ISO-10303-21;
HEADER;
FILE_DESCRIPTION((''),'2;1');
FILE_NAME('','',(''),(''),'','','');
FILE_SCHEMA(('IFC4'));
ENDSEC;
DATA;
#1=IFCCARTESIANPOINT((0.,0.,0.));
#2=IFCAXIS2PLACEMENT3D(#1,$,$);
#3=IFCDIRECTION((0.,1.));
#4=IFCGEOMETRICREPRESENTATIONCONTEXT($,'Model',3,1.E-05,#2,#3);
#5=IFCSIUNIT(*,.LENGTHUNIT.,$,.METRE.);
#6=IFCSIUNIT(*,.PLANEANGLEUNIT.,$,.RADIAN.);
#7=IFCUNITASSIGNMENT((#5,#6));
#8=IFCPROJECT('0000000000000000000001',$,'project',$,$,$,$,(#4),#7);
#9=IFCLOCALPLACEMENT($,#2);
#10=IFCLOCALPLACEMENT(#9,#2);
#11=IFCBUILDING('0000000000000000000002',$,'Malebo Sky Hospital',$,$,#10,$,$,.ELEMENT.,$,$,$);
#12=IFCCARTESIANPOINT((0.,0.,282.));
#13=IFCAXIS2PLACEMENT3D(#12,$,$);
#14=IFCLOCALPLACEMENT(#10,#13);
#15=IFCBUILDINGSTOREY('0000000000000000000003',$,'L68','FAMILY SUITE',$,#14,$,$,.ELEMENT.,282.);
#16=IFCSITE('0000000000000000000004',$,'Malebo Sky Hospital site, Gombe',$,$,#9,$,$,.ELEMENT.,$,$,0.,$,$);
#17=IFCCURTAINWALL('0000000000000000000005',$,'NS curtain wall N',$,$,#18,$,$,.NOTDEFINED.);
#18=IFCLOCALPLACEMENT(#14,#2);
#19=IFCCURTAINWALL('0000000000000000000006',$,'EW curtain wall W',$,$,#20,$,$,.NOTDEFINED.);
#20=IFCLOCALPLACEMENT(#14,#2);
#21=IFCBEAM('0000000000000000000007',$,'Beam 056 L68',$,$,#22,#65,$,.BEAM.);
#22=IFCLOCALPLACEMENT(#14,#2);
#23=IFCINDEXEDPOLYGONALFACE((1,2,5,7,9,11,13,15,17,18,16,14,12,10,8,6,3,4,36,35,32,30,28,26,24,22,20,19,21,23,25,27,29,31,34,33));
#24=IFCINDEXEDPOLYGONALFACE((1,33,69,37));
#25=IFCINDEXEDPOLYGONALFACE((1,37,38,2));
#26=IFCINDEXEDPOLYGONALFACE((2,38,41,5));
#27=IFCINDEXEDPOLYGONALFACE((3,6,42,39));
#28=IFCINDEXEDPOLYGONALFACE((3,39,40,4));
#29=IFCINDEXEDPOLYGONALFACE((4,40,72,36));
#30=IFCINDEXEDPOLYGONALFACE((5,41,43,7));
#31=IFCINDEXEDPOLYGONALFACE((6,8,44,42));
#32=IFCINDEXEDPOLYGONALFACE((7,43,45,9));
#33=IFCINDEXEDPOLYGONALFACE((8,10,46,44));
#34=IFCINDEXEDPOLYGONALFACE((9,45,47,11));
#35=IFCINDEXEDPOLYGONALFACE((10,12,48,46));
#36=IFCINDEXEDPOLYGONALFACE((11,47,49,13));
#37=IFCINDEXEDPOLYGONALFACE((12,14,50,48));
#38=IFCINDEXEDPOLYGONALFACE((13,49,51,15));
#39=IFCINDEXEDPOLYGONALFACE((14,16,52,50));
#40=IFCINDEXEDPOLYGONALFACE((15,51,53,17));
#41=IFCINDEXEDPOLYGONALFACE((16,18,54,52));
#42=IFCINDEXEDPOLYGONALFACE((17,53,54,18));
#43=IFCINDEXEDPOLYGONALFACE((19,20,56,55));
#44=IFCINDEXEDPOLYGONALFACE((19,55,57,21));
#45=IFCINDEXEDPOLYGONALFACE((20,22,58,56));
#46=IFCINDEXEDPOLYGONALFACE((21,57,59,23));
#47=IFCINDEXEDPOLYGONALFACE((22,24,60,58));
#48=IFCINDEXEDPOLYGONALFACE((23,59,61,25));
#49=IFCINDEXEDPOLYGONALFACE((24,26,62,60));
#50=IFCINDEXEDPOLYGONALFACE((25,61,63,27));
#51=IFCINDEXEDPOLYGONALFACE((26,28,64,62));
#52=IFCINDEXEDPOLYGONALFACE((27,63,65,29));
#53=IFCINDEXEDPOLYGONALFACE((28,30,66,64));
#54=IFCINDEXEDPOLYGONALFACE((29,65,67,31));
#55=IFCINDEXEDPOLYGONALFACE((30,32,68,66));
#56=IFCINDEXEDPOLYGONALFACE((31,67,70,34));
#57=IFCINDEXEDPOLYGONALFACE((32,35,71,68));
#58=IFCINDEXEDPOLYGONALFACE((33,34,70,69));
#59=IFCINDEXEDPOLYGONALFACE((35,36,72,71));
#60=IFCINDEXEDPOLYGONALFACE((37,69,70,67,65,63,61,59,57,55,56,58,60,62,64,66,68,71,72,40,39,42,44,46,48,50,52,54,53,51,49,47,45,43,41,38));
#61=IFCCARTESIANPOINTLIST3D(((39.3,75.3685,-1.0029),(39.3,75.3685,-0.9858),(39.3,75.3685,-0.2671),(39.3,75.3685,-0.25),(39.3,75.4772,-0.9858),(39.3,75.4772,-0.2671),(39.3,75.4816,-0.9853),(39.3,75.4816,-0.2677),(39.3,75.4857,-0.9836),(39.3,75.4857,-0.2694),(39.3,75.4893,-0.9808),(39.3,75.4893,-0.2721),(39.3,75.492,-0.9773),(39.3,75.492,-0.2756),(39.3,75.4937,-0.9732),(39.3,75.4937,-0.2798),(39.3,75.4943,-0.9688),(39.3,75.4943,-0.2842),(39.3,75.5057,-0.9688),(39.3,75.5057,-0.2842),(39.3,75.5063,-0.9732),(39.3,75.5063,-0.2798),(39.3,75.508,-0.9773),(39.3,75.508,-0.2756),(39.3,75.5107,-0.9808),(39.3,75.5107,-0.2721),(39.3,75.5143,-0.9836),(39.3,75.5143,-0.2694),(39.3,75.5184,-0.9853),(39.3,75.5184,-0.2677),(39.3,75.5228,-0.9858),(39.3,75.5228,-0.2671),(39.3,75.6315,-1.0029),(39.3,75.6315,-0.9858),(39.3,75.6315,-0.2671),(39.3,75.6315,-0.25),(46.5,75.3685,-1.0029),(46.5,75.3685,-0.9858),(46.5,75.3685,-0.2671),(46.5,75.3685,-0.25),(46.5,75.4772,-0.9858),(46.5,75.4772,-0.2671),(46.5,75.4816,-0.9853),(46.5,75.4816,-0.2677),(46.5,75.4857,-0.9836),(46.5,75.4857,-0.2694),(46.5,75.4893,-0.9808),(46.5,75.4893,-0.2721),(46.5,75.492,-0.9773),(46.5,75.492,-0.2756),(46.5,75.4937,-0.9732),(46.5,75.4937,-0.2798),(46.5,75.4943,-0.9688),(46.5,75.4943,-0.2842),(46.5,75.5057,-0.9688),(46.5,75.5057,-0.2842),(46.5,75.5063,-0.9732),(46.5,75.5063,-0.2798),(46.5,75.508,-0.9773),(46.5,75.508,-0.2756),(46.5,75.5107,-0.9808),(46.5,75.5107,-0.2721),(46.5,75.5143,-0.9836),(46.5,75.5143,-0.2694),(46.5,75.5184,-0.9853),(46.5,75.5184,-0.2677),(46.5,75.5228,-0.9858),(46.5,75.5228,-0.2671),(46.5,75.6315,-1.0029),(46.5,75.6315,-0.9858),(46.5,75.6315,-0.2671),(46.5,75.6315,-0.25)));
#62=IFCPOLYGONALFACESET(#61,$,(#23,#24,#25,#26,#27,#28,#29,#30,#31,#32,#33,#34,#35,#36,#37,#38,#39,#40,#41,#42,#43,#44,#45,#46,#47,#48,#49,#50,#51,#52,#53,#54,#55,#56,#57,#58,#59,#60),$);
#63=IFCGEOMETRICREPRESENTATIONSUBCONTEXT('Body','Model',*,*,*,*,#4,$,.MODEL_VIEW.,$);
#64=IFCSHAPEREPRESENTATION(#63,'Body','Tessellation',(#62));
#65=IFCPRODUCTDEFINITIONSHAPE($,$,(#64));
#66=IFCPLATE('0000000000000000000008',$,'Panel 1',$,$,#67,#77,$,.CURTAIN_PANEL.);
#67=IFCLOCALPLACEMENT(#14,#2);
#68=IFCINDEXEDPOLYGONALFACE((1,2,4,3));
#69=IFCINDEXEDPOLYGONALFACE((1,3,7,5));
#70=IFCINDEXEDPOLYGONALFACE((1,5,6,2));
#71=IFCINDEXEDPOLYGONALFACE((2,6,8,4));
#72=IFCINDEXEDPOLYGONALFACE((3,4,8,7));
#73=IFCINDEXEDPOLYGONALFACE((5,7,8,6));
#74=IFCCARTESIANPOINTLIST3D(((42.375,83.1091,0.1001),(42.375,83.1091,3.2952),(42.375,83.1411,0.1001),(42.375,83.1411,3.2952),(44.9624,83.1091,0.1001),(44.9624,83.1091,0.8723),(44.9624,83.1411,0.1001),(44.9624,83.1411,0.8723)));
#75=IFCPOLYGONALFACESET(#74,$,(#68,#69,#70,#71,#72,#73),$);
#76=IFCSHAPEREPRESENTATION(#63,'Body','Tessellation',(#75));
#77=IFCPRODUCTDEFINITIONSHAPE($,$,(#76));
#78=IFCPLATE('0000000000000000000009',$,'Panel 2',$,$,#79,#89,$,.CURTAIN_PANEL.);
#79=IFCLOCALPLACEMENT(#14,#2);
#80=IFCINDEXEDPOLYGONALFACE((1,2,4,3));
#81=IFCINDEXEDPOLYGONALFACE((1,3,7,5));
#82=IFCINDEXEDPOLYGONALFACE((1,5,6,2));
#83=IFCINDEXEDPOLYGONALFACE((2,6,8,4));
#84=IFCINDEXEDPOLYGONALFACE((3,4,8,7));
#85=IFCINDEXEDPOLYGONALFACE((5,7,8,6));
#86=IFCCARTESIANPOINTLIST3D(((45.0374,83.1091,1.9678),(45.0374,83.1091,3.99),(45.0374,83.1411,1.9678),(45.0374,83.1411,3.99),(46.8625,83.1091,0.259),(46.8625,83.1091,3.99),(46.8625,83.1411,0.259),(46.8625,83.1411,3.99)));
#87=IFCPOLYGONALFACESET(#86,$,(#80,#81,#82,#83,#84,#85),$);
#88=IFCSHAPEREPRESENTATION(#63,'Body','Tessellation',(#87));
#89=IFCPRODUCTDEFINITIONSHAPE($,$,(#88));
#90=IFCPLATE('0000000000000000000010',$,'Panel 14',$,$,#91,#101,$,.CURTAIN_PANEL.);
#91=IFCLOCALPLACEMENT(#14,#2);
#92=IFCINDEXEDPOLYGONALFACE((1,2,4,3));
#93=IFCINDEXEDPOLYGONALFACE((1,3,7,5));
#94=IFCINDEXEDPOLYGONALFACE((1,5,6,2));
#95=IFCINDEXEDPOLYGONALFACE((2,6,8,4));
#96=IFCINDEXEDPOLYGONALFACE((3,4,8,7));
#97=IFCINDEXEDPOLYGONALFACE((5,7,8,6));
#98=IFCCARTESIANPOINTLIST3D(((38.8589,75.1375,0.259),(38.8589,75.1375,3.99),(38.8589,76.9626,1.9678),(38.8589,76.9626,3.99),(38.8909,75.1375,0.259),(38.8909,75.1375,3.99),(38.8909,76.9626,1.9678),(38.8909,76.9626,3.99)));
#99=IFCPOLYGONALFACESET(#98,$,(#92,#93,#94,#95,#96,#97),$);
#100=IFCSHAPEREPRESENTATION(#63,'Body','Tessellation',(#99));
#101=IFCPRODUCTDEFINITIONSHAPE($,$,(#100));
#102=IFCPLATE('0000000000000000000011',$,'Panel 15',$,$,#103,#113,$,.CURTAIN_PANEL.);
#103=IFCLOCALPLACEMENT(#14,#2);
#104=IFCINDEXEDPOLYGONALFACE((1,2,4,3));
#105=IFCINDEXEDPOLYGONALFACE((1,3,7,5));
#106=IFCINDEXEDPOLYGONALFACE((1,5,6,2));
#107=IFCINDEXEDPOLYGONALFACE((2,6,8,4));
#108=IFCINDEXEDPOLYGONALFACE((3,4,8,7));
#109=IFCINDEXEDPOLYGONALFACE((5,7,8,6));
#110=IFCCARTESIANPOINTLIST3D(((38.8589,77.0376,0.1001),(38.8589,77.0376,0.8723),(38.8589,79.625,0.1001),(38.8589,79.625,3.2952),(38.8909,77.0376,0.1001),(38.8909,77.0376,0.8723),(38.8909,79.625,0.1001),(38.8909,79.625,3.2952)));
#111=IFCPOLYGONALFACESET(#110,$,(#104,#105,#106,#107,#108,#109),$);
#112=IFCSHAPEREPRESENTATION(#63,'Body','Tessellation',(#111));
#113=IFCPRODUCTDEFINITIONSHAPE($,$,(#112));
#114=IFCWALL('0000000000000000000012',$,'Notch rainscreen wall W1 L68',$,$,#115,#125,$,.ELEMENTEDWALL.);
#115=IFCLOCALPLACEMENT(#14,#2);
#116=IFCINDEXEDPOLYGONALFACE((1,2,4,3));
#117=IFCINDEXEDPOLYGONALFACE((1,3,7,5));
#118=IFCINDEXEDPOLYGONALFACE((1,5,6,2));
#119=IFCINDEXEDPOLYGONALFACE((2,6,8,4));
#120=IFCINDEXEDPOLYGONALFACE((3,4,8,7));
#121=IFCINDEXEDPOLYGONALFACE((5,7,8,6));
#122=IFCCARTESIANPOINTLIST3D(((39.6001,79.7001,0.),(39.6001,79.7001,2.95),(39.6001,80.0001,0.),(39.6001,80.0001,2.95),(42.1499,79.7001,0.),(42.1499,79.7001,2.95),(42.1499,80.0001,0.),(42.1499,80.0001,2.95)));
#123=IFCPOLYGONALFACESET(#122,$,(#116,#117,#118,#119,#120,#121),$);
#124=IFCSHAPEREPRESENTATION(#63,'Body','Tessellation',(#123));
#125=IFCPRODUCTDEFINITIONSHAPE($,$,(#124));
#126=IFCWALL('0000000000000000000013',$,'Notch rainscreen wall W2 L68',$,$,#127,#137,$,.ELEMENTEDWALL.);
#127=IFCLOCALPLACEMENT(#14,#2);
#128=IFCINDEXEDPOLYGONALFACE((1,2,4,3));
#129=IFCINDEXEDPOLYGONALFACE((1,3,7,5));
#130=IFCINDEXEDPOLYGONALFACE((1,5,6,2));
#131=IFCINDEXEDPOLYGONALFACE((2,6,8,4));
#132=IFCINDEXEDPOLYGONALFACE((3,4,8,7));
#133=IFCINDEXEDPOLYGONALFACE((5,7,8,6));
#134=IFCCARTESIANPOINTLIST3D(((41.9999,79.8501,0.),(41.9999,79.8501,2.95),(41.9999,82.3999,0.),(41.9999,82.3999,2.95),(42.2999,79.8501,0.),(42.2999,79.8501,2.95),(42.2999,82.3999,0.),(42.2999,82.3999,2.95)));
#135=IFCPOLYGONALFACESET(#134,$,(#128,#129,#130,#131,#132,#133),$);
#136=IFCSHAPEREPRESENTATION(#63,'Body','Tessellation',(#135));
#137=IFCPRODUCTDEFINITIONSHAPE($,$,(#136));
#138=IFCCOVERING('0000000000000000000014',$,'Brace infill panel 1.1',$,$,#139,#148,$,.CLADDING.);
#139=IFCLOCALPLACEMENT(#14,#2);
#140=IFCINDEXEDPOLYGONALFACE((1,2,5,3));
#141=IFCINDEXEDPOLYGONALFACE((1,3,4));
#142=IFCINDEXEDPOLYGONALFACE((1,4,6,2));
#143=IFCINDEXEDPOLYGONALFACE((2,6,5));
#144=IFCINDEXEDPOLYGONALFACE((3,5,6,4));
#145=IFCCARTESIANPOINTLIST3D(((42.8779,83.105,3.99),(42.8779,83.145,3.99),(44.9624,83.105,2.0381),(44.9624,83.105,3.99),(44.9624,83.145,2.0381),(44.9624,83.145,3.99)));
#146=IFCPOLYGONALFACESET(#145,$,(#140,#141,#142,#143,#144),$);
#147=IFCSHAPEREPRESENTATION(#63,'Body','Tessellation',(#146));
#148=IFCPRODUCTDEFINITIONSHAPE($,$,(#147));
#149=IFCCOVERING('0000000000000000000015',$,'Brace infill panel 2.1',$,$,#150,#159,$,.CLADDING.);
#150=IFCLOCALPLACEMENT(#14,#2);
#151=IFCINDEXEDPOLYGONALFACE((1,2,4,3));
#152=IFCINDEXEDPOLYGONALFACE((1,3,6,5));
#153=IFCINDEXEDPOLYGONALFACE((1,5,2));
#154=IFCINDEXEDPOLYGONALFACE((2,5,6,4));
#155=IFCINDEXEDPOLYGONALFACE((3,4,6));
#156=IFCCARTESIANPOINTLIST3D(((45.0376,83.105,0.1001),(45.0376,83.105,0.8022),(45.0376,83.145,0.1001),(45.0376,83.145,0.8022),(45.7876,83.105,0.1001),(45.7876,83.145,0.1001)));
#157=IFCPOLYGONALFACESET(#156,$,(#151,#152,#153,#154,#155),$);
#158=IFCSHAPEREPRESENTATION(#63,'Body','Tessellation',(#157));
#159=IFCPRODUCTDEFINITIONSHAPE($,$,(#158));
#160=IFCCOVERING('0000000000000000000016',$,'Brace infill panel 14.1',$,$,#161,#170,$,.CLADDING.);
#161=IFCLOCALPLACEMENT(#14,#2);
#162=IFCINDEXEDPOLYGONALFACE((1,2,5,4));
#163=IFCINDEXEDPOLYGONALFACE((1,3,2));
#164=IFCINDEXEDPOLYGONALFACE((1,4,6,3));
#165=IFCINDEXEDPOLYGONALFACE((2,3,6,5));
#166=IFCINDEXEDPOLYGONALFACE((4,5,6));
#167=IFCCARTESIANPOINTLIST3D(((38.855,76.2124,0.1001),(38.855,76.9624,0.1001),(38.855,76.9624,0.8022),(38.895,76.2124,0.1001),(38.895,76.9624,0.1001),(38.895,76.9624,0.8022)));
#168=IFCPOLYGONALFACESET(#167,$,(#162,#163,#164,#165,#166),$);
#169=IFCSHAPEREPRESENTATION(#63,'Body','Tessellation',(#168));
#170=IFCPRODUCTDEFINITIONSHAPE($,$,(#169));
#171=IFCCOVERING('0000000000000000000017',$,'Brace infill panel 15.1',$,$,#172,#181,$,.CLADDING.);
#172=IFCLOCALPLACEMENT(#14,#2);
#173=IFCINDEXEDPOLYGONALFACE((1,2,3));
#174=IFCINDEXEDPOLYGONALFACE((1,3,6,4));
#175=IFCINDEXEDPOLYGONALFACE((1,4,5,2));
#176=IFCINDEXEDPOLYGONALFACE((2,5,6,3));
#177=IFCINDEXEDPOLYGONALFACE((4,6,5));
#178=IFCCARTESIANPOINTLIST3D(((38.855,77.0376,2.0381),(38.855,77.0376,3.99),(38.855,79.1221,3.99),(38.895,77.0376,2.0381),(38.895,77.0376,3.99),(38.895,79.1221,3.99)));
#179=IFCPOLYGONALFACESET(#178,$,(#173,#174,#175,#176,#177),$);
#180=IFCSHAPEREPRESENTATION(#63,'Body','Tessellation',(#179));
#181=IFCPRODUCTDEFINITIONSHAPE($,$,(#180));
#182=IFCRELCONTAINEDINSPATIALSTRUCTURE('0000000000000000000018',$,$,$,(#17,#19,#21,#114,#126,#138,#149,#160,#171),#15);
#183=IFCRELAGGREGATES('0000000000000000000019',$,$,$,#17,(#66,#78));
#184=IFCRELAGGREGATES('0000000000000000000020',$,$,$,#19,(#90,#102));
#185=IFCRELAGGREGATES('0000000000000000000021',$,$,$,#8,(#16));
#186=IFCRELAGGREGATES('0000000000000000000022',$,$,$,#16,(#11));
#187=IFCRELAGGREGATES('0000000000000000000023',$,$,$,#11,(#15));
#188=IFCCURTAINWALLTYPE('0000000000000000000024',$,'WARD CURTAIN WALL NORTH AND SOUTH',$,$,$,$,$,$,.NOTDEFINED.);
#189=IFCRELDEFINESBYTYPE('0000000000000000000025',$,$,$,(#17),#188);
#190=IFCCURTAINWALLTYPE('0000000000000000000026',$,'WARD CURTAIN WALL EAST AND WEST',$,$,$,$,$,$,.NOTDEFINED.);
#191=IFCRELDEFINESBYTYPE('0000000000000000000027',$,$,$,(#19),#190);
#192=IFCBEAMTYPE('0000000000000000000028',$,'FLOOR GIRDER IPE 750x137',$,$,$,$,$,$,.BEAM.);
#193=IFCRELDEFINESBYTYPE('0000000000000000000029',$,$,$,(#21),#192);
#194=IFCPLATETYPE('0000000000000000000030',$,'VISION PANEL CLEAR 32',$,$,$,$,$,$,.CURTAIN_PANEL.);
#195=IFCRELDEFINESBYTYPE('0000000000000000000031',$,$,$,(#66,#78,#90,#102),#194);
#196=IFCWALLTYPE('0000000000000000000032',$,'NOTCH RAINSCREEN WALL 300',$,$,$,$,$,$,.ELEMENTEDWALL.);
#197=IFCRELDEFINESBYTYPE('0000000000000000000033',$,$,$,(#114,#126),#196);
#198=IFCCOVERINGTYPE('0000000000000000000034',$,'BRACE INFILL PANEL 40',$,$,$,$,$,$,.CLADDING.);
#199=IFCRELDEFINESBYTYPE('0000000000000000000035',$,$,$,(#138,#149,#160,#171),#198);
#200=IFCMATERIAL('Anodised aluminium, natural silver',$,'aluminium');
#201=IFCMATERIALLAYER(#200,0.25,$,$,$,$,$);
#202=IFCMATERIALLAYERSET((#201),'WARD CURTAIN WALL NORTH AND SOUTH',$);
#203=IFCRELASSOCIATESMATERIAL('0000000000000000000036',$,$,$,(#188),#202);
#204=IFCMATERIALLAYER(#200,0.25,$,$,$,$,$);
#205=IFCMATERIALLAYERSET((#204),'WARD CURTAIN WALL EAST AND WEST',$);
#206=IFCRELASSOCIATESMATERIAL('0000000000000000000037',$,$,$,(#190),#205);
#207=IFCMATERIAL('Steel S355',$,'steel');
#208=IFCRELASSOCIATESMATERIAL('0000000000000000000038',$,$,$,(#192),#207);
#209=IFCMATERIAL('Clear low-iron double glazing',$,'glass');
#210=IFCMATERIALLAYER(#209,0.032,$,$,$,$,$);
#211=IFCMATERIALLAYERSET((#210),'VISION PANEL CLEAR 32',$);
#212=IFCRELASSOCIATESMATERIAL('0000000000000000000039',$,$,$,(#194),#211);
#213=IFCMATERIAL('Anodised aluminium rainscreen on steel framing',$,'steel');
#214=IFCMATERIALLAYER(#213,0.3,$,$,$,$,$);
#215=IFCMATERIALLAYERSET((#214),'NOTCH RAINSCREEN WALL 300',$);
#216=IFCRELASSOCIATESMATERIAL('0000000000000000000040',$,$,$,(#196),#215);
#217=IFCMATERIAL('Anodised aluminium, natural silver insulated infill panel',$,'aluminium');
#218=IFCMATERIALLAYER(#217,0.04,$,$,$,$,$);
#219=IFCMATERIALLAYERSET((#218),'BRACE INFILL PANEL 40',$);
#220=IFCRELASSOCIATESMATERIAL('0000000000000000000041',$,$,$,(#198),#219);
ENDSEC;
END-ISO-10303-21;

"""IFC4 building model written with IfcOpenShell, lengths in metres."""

from ifc_helpers import new_model, si_unit, direction, frame, frame_2d, origin, origin_2d, place, context, subcontext, project, spatial, polyline, rectangle, i_section, outline, extrude, material, layer, layer_set, material_profile, profile_set, type_object, element, aggregate, save


model = new_model("IFC4")

# Units and contexts
model_context = context("Model", 3, precision=1e-05, world=origin(), true_north=direction((0.0, 1.0)))
body_context = subcontext(model_context, "Body", "Model", "MODEL_VIEW")
ifc_project = project(units=[si_unit("LENGTHUNIT", "METRE"), si_unit("PLANEANGLEUNIT", "RADIAN")], contexts=[model_context])

# Site, building, storey
site_placement = place(None, origin())
site = spatial("IfcSite", under=ifc_project, at=site_placement, Name="Malebo Sky Hospital site, Gombe", CompositionType="ELEMENT", RefElevation=0.0)
building_placement = place(site_placement, origin())
building = spatial("IfcBuilding", under=site, at=building_placement, Name="Malebo Sky Hospital", CompositionType="ELEMENT")
storey_placement = place(building_placement, frame((0.0, 0.0, 282.0)))
storey = spatial("IfcBuildingStorey", under=building, at=storey_placement, Name="L68", Description="FAMILY SUITE", CompositionType="ELEMENT", Elevation=282.0)

# Curtain wall
ifc_material_1 = material(Name="Anodised aluminium, natural silver", Category="aluminium")
ifc_layer_1 = layer(ifc_material_1, 0.25)
ifc_layer_set_1 = layer_set([ifc_layer_1], Name="WARD CURTAIN WALL NORTH AND SOUTH")
curtain_wall_type_1 = type_object("IfcCurtainWallType", Name="WARD CURTAIN WALL NORTH AND SOUTH", PredefinedType="NOTDEFINED", material=ifc_layer_set_1)
curtain_wall_1_placement = place(storey_placement, origin())
curtain_wall_1 = element("IfcCurtainWall", 1, at=curtain_wall_1_placement, inside=storey, type_object=curtain_wall_type_1, Name="NS curtain wall N", PredefinedType="NOTDEFINED")

# Curtain wall
ifc_layer_2 = layer(ifc_material_1, 0.25)
ifc_layer_set_2 = layer_set([ifc_layer_2], Name="WARD CURTAIN WALL EAST AND WEST")
curtain_wall_type_2 = type_object("IfcCurtainWallType", Name="WARD CURTAIN WALL EAST AND WEST", PredefinedType="NOTDEFINED", material=ifc_layer_set_2)
curtain_wall_2_placement = place(storey_placement, origin())
curtain_wall_2 = element("IfcCurtainWall", 2, at=curtain_wall_2_placement, inside=storey, type_object=curtain_wall_type_2, Name="EW curtain wall W", PredefinedType="NOTDEFINED")

# Beam
ifc_material_2 = material(Name="Steel S355", Category="steel")
ifc_material_profile_1 = material_profile(ifc_material_2, i_section(OverallWidth=0.2629, OverallDepth=0.7529, WebThickness=0.0115, FlangeThickness=0.0171, FilletRadius=0.0171, at=origin_2d()), Name="IPE 750x137")
ifc_profile_set_1 = profile_set([ifc_material_profile_1], Name="Steel S355")
beam_type_1 = type_object("IfcBeamType", Name="FLOOR GIRDER IPE 750x137", PredefinedType="BEAM", material=ifc_profile_set_1)
for number, where, z_axis, x_axis, name in (
    (3, (39.3, 75.5, -0.6265), (1.0, 0.0, 0.0), (0.0, 1.0, 0.0), "Beam 056 L68"),
):
    element("IfcBeam", number, at=place(storey_placement, frame(where, z_axis=z_axis, x_axis=x_axis)), inside=storey, type_object=beam_type_1, Name=name, PredefinedType="BEAM", context=body_context, shape_type="SweptSolid", body=[
        extrude(i_section(OverallWidth=0.2629, OverallDepth=0.7529, WebThickness=0.0115, FlangeThickness=0.0171, FilletRadius=0.0171, at=origin_2d()), origin(), (0.0, 0.0, 1.0), 7.2),
    ])

# Plates
ifc_material_3 = material(Name="Clear low-iron double glazing", Category="glass")
ifc_layer_3 = layer(ifc_material_3, 0.032)
ifc_layer_set_3 = layer_set([ifc_layer_3], Name="VISION PANEL CLEAR 32")
plate_type = type_object("IfcPlateType", Name="VISION PANEL CLEAR 32", PredefinedType="CURTAIN_PANEL", material=ifc_layer_set_3)
plate_1_placement = place(storey_placement, frame((43.6687, 83.125, 0.1001), z_axis=(0.0, 0.0, 1.0), x_axis=(1.0, 0.0, 0.0)))
plate_1 = element("IfcPlate", 4, at=plate_1_placement, type_object=plate_type, Name="Panel 1", PredefinedType="CURTAIN_PANEL", context=body_context, shape_type="SweptSolid", body=[
    extrude(outline(polyline([(-1.2937, 0.0), (1.2937, 0.0), (1.2937, 0.7722), (-1.2937, 3.1951), (-1.2937, 0.0)])), frame((0.0, 0.0161, 0.0), z_axis=(0.0, -1.0, 0.0), x_axis=(1.0, 0.0, 0.0)), (0.0, 0.0, 1.0), 0.032),
])
plate_2_placement = place(storey_placement, frame((45.95, 83.125, 0.259), z_axis=(0.0, 0.0, 1.0), x_axis=(1.0, 0.0, 0.0)))
plate_2 = element("IfcPlate", 5, at=plate_2_placement, type_object=plate_type, Name="Panel 2", PredefinedType="CURTAIN_PANEL", context=body_context, shape_type="SweptSolid", body=[
    extrude(outline(polyline([(0.9126, 0.0), (0.9126, 3.731), (-0.9126, 3.731), (-0.9126, 1.7087), (0.9126, 0.0)])), frame((0.0, 0.0161, 0.0), z_axis=(0.0, -1.0, 0.0), x_axis=(1.0, 0.0, 0.0)), (0.0, 0.0, 1.0), 0.032),
])
aggregate(curtain_wall_1, [plate_1, plate_2])
plate_3_placement = place(storey_placement, frame((38.875, 76.05, 0.259), z_axis=(0.0, 0.0, 1.0), x_axis=(0.0, 1.0, 0.0)))
plate_3 = element("IfcPlate", 6, at=plate_3_placement, type_object=plate_type, Name="Panel 14", PredefinedType="CURTAIN_PANEL", context=body_context, shape_type="SweptSolid", body=[
    extrude(outline(polyline([(-0.9126, 0.0), (0.9126, 1.7087), (0.9126, 3.731), (-0.9126, 3.731), (-0.9126, 0.0)])), frame((0.0, 0.0161, 0.0), z_axis=(0.0, -1.0, 0.0), x_axis=(1.0, 0.0, 0.0)), (0.0, 0.0, 1.0), 0.032),
])
plate_4_placement = place(storey_placement, frame((38.875, 78.3313, 0.1001), z_axis=(0.0, 0.0, 1.0), x_axis=(0.0, 1.0, 0.0)))
plate_4 = element("IfcPlate", 7, at=plate_4_placement, type_object=plate_type, Name="Panel 15", PredefinedType="CURTAIN_PANEL", context=body_context, shape_type="SweptSolid", body=[
    extrude(outline(polyline([(-1.2937, 0.0), (1.2937, 0.0), (1.2937, 3.1951), (-1.2937, 0.7722), (-1.2937, 0.0)])), frame((0.0, 0.0161, 0.0), z_axis=(0.0, -1.0, 0.0), x_axis=(1.0, 0.0, 0.0)), (0.0, 0.0, 1.0), 0.032),
])
aggregate(curtain_wall_2, [plate_3, plate_4])

# Walls
ifc_material_4 = material(Name="Anodised aluminium rainscreen on steel framing", Category="steel")
ifc_layer_4 = layer(ifc_material_4, 0.3)
ifc_layer_set_4 = layer_set([ifc_layer_4], Name="NOTCH RAINSCREEN WALL 300")
wall_type = type_object("IfcWallType", Name="NOTCH RAINSCREEN WALL 300", PredefinedType="ELEMENTEDWALL", material=ifc_layer_set_4)
for number, where, z_axis, x_axis, name in (
    (8, (39.6001, 79.8501, 0.0), (0.0, 0.0, 1.0), (1.0, 0.0, 0.0), "Notch rainscreen wall W1 L68"),
    (9, (42.1499, 79.8501, 0.0), (0.0, 0.0, 1.0), (0.0, 1.0, 0.0), "Notch rainscreen wall W2 L68"),
):
    element("IfcWall", number, at=place(storey_placement, frame(where, z_axis=z_axis, x_axis=x_axis)), inside=storey, type_object=wall_type, Name=name, PredefinedType="ELEMENTEDWALL", context=body_context, shape_type="SweptSolid", body=[
        extrude(rectangle(XDim=2.5498, YDim=0.3, at=frame_2d((1.2749, 0.0))), origin(), (0.0, 0.0, 1.0), 2.95),
    ])

# Coverings
ifc_material_5 = material(Name="Anodised aluminium, natural silver insulated infill panel", Category="aluminium")
ifc_layer_5 = layer(ifc_material_5, 0.04)
ifc_layer_set_5 = layer_set([ifc_layer_5], Name="BRACE INFILL PANEL 40")
covering_type = type_object("IfcCoveringType", Name="BRACE INFILL PANEL 40", PredefinedType="CLADDING", material=ifc_layer_set_5)
covering_1_placement = place(storey_placement, frame((43.9202, 83.125, 2.0381), z_axis=(0.0, 0.0, 1.0), x_axis=(1.0, 0.0, 0.0)))
element("IfcCovering", 10, at=covering_1_placement, inside=storey, type_object=covering_type, Name="Brace infill panel 1.1", PredefinedType="CLADDING", context=body_context, shape_type="SweptSolid", body=[
    extrude(outline(polyline([(1.0422, 0.0), (1.0422, 1.9519), (-1.0422, 1.9519), (1.0422, 0.0)])), frame((0.0, 0.02, 0.0), z_axis=(0.0, -1.0, 0.0), x_axis=(1.0, 0.0, 0.0)), (0.0, 0.0, 1.0), 0.04),
])
covering_2_placement = place(storey_placement, frame((45.4126, 83.125, 0.1001), z_axis=(0.0, 0.0, 1.0), x_axis=(1.0, 0.0, 0.0)))
element("IfcCovering", 11, at=covering_2_placement, inside=storey, type_object=covering_type, Name="Brace infill panel 2.1", PredefinedType="CLADDING", context=body_context, shape_type="SweptSolid", body=[
    extrude(outline(polyline([(-0.375, 0.0), (0.375, 0.0), (-0.375, 0.7021), (-0.375, 0.0)])), frame((0.0, 0.02, 0.0), z_axis=(0.0, -1.0, 0.0), x_axis=(1.0, 0.0, 0.0)), (0.0, 0.0, 1.0), 0.04),
])
covering_3_placement = place(storey_placement, frame((38.875, 76.5874, 0.1001), z_axis=(0.0, 0.0, 1.0), x_axis=(0.0, 1.0, 0.0)))
element("IfcCovering", 12, at=covering_3_placement, inside=storey, type_object=covering_type, Name="Brace infill panel 14.1", PredefinedType="CLADDING", context=body_context, shape_type="SweptSolid", body=[
    extrude(outline(polyline([(-0.375, 0.0), (0.375, 0.0), (0.375, 0.7021), (-0.375, 0.0)])), frame((0.0, 0.02, 0.0), z_axis=(0.0, -1.0, 0.0), x_axis=(1.0, 0.0, 0.0)), (0.0, 0.0, 1.0), 0.04),
])
covering_4_placement = place(storey_placement, frame((38.875, 78.0798, 2.0381), z_axis=(0.0, 0.0, 1.0), x_axis=(0.0, 1.0, 0.0)))
element("IfcCovering", 13, at=covering_4_placement, inside=storey, type_object=covering_type, Name="Brace infill panel 15.1", PredefinedType="CLADDING", context=body_context, shape_type="SweptSolid", body=[
    extrude(outline(polyline([(-1.0422, 0.0), (1.0422, 1.9519), (-1.0422, 1.9519), (-1.0422, 0.0)])), frame((0.0, 0.02, 0.0), z_axis=(0.0, -1.0, 0.0), x_axis=(1.0, 0.0, 0.0)), (0.0, 0.0, 1.0), 0.04),
])

save(model, "model.ifc")
